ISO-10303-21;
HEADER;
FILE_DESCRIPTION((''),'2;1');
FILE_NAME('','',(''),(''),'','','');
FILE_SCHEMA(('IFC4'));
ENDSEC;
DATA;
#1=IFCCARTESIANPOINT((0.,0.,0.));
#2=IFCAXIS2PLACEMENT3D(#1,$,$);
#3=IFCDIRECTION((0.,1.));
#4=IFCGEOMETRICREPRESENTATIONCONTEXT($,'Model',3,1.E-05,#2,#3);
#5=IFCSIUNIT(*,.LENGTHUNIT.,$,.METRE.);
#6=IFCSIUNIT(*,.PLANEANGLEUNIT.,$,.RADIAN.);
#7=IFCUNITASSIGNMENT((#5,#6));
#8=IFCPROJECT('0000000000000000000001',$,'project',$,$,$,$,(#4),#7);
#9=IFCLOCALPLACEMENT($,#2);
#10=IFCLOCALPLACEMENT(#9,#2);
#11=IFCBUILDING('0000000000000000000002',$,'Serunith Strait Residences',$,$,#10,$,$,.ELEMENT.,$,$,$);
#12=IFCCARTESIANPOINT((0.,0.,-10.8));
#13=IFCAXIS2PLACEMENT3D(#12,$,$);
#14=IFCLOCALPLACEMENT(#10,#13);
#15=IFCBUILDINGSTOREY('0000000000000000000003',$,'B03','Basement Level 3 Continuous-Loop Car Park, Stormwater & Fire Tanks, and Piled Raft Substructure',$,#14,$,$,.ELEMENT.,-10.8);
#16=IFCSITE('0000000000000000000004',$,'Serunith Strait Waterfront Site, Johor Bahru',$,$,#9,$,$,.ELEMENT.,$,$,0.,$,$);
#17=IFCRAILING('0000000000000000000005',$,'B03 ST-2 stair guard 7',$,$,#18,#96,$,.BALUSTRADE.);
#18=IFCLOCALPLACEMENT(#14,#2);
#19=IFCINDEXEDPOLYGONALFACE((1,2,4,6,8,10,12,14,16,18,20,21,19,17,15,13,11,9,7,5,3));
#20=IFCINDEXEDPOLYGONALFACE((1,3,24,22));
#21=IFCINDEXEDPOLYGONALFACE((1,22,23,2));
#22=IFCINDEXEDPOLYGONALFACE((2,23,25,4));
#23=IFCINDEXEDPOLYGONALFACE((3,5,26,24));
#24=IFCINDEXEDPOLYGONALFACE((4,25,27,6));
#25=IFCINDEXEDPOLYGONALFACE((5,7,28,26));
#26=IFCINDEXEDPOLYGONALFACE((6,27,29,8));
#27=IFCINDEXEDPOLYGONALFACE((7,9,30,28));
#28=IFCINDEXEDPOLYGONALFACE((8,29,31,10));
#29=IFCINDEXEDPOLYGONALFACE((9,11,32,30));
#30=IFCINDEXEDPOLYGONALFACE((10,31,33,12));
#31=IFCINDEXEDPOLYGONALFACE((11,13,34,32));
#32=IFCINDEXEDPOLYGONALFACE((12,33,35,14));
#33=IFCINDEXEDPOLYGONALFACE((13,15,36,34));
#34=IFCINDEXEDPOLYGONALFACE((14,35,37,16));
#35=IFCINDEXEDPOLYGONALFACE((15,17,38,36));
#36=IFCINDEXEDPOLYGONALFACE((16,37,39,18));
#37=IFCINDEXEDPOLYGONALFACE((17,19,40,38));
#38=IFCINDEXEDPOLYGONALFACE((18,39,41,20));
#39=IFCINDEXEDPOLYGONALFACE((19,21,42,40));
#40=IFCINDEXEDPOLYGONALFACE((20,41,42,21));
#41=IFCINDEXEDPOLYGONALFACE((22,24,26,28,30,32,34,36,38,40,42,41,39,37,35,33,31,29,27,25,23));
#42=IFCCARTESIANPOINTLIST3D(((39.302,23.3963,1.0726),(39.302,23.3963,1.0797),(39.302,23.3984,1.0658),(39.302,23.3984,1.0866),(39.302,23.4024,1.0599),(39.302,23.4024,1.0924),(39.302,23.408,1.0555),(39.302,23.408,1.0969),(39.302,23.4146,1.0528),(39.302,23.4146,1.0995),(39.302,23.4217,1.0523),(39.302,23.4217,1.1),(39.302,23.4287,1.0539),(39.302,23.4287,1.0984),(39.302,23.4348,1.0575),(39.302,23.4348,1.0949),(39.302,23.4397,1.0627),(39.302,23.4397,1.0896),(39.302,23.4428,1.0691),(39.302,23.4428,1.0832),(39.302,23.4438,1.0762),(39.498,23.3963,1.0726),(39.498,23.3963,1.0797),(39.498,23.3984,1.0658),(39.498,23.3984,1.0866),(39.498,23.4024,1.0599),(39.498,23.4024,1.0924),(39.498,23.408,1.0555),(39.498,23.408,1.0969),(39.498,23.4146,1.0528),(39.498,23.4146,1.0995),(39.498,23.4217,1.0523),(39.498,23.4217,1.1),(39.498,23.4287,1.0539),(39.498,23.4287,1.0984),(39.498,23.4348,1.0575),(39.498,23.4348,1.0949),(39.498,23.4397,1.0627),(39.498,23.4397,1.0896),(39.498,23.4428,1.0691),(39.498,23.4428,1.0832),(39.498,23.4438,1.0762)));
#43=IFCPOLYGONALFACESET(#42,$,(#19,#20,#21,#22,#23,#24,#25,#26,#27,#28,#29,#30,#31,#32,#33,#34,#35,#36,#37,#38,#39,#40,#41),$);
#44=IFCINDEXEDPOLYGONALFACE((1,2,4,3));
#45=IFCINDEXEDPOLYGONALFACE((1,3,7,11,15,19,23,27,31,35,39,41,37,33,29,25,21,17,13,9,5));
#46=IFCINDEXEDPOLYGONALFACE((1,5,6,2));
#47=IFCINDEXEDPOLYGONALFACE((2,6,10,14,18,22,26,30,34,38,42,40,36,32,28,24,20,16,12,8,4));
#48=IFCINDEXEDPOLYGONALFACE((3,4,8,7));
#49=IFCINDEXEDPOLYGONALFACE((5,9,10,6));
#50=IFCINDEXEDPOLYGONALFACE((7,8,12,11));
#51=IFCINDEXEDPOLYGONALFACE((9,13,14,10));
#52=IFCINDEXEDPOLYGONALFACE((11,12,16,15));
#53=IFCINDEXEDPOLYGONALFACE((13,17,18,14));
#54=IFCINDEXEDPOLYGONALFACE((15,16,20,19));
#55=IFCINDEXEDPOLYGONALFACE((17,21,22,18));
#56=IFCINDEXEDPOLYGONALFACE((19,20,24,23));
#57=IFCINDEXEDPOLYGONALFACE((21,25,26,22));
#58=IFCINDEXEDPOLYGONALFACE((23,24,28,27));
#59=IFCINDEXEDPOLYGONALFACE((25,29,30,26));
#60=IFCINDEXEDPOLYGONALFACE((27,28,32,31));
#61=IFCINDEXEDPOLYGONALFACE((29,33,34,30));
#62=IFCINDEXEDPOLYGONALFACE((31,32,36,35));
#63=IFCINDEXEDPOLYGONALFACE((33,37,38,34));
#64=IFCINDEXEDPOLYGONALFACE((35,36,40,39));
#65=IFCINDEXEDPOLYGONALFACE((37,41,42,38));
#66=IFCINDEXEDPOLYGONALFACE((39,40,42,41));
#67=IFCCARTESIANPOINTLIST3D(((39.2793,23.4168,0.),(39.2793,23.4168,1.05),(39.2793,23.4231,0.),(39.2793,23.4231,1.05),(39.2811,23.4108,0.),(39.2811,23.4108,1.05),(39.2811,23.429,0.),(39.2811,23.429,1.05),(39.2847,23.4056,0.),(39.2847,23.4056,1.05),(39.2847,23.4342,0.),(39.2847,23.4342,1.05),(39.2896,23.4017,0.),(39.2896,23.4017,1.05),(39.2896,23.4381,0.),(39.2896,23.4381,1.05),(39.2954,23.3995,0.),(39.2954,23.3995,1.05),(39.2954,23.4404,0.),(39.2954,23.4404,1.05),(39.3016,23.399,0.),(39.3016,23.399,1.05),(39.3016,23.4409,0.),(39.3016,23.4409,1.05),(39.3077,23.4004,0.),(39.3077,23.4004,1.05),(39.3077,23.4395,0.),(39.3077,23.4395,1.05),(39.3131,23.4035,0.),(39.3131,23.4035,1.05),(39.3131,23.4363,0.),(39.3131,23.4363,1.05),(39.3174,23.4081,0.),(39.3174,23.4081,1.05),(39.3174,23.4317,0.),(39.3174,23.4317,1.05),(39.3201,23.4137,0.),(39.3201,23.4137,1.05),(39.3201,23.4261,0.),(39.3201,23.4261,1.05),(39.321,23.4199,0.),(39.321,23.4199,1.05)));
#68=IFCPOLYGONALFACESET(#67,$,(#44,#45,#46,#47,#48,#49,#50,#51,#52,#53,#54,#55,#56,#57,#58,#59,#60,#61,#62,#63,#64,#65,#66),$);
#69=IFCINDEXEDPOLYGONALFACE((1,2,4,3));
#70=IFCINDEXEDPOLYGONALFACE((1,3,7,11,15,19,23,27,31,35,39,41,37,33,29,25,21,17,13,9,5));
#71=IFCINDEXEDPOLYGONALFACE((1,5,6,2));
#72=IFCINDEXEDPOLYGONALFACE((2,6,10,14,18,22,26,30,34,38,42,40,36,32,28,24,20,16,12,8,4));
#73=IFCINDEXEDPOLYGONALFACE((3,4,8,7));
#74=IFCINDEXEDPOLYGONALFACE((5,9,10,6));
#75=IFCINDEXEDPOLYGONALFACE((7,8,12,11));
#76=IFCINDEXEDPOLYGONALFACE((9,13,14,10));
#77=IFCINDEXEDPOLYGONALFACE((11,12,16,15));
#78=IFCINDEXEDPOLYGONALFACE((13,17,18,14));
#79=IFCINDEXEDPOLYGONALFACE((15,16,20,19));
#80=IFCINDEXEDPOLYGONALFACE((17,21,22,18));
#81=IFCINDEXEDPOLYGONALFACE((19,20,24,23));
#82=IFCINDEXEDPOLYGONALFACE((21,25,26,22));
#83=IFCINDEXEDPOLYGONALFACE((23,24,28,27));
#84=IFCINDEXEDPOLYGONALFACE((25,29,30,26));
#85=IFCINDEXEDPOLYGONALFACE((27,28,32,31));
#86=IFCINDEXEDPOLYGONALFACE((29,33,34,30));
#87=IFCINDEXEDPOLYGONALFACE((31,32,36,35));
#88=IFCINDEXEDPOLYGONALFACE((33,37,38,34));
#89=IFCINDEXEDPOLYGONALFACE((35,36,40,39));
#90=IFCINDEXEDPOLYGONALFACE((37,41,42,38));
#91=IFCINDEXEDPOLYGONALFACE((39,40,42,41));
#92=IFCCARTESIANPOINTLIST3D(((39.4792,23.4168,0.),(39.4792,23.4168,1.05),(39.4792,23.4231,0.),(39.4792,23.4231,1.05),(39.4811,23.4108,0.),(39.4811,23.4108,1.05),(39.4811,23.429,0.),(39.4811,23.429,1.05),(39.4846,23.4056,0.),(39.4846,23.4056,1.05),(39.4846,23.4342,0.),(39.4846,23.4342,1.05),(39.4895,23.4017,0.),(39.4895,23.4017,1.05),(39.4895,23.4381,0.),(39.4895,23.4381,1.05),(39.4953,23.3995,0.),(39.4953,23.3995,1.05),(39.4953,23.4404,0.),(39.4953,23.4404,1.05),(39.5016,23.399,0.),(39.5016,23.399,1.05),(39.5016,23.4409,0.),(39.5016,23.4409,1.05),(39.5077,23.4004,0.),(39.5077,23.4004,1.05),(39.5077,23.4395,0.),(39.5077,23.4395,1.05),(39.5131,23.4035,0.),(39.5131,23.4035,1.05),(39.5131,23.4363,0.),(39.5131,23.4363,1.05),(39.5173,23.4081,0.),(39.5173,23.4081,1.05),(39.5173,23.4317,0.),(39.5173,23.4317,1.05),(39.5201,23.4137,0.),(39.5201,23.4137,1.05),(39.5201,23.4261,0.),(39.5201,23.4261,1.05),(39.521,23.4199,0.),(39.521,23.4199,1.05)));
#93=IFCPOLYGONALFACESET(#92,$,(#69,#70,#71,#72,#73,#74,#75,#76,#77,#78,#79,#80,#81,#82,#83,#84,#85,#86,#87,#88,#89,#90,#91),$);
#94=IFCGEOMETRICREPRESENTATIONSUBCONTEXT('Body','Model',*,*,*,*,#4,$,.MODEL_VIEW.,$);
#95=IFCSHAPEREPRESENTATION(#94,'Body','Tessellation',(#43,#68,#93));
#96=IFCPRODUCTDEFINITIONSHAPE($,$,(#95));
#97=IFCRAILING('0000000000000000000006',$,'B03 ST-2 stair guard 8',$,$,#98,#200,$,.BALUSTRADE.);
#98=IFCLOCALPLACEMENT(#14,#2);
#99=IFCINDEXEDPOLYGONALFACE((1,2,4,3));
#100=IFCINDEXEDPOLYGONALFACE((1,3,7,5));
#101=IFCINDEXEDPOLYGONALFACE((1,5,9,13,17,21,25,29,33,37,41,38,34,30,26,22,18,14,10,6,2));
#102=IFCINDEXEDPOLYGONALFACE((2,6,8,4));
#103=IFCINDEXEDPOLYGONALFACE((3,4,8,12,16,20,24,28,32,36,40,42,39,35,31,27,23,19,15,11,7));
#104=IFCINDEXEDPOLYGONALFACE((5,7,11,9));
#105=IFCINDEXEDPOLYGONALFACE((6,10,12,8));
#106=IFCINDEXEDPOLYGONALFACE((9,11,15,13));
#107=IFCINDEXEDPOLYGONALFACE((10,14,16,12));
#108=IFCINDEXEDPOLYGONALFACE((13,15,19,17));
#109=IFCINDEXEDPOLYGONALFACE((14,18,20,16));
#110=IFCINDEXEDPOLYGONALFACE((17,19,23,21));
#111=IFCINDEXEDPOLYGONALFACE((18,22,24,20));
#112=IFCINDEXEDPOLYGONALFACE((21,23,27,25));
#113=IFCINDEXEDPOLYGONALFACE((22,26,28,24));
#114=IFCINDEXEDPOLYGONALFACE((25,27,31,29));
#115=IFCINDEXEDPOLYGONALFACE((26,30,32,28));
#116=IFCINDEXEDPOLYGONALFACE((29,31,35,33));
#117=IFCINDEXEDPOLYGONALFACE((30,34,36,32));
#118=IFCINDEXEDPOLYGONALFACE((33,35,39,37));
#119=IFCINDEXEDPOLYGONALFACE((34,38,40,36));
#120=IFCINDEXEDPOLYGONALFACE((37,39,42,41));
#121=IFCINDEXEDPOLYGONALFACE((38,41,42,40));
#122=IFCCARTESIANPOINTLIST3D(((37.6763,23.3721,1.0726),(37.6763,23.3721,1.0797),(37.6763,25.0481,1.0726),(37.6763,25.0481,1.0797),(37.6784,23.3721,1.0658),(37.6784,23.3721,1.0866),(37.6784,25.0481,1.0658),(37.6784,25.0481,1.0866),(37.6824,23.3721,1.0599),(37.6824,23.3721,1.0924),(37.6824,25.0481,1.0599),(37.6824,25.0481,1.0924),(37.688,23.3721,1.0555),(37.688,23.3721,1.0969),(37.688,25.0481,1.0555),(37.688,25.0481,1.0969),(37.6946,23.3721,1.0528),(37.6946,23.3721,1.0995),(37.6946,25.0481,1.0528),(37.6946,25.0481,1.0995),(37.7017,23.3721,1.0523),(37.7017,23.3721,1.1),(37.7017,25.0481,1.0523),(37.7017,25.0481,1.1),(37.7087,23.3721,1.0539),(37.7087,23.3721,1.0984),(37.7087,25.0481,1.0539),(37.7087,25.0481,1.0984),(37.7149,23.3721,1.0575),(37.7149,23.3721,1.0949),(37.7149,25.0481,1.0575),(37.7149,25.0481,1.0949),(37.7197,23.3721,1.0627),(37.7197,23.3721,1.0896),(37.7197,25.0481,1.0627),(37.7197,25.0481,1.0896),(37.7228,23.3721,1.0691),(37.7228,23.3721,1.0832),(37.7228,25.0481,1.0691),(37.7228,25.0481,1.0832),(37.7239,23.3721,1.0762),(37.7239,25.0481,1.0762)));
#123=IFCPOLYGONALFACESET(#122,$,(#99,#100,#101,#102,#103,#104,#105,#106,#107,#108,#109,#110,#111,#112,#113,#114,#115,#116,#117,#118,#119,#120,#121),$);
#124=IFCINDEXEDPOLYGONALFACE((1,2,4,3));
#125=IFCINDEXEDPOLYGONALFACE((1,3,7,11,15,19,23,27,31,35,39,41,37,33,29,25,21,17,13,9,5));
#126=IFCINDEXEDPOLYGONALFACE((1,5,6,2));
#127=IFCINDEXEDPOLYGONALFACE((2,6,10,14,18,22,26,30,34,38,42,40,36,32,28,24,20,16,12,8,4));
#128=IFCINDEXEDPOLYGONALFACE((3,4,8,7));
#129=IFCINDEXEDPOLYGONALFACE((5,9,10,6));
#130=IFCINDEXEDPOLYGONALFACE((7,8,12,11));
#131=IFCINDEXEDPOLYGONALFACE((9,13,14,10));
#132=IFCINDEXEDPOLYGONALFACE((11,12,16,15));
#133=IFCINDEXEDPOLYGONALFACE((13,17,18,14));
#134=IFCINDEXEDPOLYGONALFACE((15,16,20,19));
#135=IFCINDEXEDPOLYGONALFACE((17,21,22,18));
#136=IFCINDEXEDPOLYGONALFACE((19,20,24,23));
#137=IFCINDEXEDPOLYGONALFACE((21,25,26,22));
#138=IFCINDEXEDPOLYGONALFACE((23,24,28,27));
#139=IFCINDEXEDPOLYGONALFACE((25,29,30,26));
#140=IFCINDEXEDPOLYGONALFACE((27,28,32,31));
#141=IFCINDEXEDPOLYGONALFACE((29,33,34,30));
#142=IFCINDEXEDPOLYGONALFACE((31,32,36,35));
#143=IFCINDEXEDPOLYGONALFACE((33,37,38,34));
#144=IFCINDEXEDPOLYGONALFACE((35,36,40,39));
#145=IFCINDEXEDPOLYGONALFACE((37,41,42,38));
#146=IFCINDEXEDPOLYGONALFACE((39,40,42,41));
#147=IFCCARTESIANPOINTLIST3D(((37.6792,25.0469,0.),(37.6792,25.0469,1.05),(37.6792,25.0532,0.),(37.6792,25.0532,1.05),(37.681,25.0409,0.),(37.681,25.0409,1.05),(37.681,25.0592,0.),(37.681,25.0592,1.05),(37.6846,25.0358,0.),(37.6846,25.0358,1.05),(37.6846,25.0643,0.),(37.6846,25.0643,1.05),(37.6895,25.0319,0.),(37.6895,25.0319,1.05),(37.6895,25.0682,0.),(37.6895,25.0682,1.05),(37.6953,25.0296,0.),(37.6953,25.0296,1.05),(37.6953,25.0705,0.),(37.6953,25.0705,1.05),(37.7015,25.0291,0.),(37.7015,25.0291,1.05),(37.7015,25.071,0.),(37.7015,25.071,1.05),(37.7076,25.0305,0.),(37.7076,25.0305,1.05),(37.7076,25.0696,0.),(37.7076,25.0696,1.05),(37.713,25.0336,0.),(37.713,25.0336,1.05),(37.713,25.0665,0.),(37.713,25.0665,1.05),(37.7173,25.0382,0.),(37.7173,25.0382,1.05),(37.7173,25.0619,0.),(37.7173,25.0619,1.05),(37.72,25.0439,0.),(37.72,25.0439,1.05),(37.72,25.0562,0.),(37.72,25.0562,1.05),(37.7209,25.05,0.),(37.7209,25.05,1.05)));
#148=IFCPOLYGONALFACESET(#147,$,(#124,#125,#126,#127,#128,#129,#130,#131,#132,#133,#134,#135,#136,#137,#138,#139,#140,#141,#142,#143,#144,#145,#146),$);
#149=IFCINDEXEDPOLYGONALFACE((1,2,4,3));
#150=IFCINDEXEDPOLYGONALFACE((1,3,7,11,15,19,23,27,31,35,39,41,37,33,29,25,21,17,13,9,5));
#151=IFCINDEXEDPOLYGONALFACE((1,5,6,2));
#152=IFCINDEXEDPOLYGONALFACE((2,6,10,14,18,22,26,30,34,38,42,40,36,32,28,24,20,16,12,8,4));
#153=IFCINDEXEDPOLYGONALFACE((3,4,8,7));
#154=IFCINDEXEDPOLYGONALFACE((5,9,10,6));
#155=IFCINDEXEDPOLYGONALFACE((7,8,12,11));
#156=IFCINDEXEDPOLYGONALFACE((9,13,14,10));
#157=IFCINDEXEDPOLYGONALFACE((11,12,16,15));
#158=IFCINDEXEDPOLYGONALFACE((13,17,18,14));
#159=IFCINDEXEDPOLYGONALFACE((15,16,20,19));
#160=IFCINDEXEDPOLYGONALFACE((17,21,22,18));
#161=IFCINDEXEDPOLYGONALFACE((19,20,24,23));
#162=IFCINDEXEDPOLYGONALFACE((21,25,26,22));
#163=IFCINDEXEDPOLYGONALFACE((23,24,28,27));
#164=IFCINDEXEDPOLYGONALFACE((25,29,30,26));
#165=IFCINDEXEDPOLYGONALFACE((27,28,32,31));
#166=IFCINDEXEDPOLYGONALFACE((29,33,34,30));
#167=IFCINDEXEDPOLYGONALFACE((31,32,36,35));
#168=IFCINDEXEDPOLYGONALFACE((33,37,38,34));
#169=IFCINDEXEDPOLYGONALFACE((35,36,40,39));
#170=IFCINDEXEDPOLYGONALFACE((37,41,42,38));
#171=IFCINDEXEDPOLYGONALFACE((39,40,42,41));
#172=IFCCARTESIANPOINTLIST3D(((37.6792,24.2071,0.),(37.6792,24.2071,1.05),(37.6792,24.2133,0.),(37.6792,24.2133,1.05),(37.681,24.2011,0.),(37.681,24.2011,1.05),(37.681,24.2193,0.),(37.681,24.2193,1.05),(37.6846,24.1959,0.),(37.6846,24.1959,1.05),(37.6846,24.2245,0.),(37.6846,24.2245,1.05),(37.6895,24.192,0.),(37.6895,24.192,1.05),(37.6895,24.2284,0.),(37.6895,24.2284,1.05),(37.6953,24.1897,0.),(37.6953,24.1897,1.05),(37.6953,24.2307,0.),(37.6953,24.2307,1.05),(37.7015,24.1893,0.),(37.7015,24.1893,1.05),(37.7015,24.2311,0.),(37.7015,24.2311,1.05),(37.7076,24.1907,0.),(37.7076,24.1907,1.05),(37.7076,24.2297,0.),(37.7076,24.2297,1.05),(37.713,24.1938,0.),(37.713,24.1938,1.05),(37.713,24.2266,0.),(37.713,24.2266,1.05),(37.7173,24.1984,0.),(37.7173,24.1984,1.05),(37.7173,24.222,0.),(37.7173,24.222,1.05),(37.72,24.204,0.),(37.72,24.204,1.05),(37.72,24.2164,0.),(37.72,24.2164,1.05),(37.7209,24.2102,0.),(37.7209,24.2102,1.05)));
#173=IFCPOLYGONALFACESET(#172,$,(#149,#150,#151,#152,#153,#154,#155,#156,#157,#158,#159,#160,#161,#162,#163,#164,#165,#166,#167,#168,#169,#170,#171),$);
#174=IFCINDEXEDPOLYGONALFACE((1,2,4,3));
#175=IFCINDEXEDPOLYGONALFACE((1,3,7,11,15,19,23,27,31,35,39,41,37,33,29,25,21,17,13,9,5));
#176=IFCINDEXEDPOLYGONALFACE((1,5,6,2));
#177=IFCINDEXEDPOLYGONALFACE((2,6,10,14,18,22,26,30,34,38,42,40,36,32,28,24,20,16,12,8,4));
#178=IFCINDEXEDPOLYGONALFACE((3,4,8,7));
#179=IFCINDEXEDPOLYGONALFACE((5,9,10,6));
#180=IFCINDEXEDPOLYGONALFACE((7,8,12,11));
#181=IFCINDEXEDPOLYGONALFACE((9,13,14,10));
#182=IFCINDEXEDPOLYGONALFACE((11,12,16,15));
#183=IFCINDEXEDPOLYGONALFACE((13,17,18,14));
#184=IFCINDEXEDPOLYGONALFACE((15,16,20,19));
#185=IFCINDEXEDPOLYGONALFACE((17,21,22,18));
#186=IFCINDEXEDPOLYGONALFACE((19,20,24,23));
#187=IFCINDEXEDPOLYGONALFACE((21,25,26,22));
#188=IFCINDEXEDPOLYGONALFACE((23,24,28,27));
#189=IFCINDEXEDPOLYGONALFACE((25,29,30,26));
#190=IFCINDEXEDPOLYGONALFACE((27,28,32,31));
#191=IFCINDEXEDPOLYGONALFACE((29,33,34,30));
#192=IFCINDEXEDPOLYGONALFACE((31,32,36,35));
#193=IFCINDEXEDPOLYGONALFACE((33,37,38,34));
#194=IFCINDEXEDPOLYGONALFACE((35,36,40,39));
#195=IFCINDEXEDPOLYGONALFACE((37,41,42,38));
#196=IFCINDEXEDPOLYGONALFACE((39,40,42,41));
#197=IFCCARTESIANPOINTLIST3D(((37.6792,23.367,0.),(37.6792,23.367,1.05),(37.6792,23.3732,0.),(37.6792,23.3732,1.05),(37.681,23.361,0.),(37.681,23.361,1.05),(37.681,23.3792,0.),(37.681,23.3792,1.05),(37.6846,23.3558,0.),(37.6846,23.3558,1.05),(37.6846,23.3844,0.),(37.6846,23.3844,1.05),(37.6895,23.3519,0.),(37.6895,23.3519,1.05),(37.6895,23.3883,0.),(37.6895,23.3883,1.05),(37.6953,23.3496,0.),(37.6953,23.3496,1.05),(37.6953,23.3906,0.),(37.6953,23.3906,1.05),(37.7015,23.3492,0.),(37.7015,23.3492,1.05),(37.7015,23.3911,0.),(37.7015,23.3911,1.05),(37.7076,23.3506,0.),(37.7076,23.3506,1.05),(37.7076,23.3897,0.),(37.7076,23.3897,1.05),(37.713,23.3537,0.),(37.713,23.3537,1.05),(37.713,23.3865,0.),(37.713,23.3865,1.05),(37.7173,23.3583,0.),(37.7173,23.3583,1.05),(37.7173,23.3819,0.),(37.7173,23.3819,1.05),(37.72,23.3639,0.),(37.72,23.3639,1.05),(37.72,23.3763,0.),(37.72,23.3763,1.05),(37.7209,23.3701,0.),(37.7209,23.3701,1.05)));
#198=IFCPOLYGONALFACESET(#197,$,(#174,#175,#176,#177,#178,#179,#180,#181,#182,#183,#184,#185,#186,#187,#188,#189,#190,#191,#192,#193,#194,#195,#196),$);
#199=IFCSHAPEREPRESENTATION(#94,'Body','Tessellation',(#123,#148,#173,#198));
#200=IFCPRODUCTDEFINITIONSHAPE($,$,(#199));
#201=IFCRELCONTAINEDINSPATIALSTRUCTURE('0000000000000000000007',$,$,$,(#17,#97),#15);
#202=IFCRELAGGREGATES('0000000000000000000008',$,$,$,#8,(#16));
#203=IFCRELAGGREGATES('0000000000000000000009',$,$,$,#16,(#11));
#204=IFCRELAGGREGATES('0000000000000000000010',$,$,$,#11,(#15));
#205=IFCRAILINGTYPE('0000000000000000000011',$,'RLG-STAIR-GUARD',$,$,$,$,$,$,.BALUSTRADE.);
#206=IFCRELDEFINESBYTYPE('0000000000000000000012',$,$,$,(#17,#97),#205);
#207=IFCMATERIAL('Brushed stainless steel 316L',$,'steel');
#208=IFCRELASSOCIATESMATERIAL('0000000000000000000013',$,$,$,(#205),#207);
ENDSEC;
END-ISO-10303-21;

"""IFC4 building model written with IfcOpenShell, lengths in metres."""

from ifc_helpers import new_model, si_unit, direction, frame, origin, origin_2d, place, context, subcontext, project, spatial, circle, extrude, material, type_object, element, save


model = new_model("IFC4")

# Units and contexts
model_context = context("Model", 3, precision=1e-05, world=origin(), true_north=direction((0.0, 1.0)))
body_context = subcontext(model_context, "Body", "Model", "MODEL_VIEW")
ifc_project = project(units=[si_unit("LENGTHUNIT", "METRE"), si_unit("PLANEANGLEUNIT", "RADIAN")], contexts=[model_context])

# Site, building, storey
site_placement = place(None, origin())
site = spatial("IfcSite", under=ifc_project, at=site_placement, Name="Serunith Strait Waterfront Site, Johor Bahru", CompositionType="ELEMENT", RefElevation=0.0)
building_placement = place(site_placement, origin())
building = spatial("IfcBuilding", under=site, at=building_placement, Name="Serunith Strait Residences", CompositionType="ELEMENT")
storey_placement = place(building_placement, frame((0.0, 0.0, -10.8)))
storey = spatial("IfcBuildingStorey", under=building, at=storey_placement, Name="B03", Description="Basement Level 3 Continuous-Loop Car Park, Stormwater & Fire Tanks, and Piled Raft Substructure", CompositionType="ELEMENT", Elevation=-10.8)

# Railings
ifc_material_1 = material(Name="Brushed stainless steel 316L", Category="steel")
railing_type_1 = type_object("IfcRailingType", Name="RLG-STAIR-GUARD", PredefinedType="BALUSTRADE", material=ifc_material_1)
railing_1_placement = place(storey_placement, frame((39.3, 23.4199, 0.0)))
element("IfcRailing", 1, at=railing_1_placement, inside=storey, type_object=railing_type_1, Name="B03 ST-2 stair guard 7", PredefinedType="BALUSTRADE", context=body_context, shape_type="SweptSolid", body=[
    extrude(circle(Radius=0.0239, at=origin_2d()), frame((0.002, 0.0, 1.0762), z_axis=(1.0, 0.0, 0.0), x_axis=(0.0, 1.0, 0.0)), (0.0, 0.0, 1.0), 0.196),
    extrude(circle(Radius=0.021, at=origin_2d()), origin(), (0.0, 0.0, 1.0), 1.05),
    extrude(circle(Radius=0.021, at=origin_2d()), frame((0.2, 0.0, 0.0)), (0.0, 0.0, 1.0), 1.05),
])
railing_2_placement = place(storey_placement, frame((37.7, 25.05, 0.0)))
element("IfcRailing", 2, at=railing_2_placement, inside=storey, type_object=railing_type_1, Name="B03 ST-2 stair guard 8", PredefinedType="BALUSTRADE", context=body_context, shape_type="SweptSolid", body=[
    extrude(circle(Radius=0.0239, at=origin_2d()), frame((0.0, -0.002, 1.0762), z_axis=(0.0, -1.0, 0.0), x_axis=(1.0, 0.0, 0.0)), (0.0, 0.0, 1.0), 1.676),
    extrude(circle(Radius=0.021, at=origin_2d()), origin(), (0.0, 0.0, 1.0), 1.05),
    extrude(circle(Radius=0.021, at=origin_2d()), frame((0.0, -0.8398, 0.0)), (0.0, 0.0, 1.0), 1.05),
    extrude(circle(Radius=0.021, at=origin_2d()), frame((0.0, -1.6799, 0.0)), (0.0, 0.0, 1.0), 1.05),
])

save(model, "model.ifc")
